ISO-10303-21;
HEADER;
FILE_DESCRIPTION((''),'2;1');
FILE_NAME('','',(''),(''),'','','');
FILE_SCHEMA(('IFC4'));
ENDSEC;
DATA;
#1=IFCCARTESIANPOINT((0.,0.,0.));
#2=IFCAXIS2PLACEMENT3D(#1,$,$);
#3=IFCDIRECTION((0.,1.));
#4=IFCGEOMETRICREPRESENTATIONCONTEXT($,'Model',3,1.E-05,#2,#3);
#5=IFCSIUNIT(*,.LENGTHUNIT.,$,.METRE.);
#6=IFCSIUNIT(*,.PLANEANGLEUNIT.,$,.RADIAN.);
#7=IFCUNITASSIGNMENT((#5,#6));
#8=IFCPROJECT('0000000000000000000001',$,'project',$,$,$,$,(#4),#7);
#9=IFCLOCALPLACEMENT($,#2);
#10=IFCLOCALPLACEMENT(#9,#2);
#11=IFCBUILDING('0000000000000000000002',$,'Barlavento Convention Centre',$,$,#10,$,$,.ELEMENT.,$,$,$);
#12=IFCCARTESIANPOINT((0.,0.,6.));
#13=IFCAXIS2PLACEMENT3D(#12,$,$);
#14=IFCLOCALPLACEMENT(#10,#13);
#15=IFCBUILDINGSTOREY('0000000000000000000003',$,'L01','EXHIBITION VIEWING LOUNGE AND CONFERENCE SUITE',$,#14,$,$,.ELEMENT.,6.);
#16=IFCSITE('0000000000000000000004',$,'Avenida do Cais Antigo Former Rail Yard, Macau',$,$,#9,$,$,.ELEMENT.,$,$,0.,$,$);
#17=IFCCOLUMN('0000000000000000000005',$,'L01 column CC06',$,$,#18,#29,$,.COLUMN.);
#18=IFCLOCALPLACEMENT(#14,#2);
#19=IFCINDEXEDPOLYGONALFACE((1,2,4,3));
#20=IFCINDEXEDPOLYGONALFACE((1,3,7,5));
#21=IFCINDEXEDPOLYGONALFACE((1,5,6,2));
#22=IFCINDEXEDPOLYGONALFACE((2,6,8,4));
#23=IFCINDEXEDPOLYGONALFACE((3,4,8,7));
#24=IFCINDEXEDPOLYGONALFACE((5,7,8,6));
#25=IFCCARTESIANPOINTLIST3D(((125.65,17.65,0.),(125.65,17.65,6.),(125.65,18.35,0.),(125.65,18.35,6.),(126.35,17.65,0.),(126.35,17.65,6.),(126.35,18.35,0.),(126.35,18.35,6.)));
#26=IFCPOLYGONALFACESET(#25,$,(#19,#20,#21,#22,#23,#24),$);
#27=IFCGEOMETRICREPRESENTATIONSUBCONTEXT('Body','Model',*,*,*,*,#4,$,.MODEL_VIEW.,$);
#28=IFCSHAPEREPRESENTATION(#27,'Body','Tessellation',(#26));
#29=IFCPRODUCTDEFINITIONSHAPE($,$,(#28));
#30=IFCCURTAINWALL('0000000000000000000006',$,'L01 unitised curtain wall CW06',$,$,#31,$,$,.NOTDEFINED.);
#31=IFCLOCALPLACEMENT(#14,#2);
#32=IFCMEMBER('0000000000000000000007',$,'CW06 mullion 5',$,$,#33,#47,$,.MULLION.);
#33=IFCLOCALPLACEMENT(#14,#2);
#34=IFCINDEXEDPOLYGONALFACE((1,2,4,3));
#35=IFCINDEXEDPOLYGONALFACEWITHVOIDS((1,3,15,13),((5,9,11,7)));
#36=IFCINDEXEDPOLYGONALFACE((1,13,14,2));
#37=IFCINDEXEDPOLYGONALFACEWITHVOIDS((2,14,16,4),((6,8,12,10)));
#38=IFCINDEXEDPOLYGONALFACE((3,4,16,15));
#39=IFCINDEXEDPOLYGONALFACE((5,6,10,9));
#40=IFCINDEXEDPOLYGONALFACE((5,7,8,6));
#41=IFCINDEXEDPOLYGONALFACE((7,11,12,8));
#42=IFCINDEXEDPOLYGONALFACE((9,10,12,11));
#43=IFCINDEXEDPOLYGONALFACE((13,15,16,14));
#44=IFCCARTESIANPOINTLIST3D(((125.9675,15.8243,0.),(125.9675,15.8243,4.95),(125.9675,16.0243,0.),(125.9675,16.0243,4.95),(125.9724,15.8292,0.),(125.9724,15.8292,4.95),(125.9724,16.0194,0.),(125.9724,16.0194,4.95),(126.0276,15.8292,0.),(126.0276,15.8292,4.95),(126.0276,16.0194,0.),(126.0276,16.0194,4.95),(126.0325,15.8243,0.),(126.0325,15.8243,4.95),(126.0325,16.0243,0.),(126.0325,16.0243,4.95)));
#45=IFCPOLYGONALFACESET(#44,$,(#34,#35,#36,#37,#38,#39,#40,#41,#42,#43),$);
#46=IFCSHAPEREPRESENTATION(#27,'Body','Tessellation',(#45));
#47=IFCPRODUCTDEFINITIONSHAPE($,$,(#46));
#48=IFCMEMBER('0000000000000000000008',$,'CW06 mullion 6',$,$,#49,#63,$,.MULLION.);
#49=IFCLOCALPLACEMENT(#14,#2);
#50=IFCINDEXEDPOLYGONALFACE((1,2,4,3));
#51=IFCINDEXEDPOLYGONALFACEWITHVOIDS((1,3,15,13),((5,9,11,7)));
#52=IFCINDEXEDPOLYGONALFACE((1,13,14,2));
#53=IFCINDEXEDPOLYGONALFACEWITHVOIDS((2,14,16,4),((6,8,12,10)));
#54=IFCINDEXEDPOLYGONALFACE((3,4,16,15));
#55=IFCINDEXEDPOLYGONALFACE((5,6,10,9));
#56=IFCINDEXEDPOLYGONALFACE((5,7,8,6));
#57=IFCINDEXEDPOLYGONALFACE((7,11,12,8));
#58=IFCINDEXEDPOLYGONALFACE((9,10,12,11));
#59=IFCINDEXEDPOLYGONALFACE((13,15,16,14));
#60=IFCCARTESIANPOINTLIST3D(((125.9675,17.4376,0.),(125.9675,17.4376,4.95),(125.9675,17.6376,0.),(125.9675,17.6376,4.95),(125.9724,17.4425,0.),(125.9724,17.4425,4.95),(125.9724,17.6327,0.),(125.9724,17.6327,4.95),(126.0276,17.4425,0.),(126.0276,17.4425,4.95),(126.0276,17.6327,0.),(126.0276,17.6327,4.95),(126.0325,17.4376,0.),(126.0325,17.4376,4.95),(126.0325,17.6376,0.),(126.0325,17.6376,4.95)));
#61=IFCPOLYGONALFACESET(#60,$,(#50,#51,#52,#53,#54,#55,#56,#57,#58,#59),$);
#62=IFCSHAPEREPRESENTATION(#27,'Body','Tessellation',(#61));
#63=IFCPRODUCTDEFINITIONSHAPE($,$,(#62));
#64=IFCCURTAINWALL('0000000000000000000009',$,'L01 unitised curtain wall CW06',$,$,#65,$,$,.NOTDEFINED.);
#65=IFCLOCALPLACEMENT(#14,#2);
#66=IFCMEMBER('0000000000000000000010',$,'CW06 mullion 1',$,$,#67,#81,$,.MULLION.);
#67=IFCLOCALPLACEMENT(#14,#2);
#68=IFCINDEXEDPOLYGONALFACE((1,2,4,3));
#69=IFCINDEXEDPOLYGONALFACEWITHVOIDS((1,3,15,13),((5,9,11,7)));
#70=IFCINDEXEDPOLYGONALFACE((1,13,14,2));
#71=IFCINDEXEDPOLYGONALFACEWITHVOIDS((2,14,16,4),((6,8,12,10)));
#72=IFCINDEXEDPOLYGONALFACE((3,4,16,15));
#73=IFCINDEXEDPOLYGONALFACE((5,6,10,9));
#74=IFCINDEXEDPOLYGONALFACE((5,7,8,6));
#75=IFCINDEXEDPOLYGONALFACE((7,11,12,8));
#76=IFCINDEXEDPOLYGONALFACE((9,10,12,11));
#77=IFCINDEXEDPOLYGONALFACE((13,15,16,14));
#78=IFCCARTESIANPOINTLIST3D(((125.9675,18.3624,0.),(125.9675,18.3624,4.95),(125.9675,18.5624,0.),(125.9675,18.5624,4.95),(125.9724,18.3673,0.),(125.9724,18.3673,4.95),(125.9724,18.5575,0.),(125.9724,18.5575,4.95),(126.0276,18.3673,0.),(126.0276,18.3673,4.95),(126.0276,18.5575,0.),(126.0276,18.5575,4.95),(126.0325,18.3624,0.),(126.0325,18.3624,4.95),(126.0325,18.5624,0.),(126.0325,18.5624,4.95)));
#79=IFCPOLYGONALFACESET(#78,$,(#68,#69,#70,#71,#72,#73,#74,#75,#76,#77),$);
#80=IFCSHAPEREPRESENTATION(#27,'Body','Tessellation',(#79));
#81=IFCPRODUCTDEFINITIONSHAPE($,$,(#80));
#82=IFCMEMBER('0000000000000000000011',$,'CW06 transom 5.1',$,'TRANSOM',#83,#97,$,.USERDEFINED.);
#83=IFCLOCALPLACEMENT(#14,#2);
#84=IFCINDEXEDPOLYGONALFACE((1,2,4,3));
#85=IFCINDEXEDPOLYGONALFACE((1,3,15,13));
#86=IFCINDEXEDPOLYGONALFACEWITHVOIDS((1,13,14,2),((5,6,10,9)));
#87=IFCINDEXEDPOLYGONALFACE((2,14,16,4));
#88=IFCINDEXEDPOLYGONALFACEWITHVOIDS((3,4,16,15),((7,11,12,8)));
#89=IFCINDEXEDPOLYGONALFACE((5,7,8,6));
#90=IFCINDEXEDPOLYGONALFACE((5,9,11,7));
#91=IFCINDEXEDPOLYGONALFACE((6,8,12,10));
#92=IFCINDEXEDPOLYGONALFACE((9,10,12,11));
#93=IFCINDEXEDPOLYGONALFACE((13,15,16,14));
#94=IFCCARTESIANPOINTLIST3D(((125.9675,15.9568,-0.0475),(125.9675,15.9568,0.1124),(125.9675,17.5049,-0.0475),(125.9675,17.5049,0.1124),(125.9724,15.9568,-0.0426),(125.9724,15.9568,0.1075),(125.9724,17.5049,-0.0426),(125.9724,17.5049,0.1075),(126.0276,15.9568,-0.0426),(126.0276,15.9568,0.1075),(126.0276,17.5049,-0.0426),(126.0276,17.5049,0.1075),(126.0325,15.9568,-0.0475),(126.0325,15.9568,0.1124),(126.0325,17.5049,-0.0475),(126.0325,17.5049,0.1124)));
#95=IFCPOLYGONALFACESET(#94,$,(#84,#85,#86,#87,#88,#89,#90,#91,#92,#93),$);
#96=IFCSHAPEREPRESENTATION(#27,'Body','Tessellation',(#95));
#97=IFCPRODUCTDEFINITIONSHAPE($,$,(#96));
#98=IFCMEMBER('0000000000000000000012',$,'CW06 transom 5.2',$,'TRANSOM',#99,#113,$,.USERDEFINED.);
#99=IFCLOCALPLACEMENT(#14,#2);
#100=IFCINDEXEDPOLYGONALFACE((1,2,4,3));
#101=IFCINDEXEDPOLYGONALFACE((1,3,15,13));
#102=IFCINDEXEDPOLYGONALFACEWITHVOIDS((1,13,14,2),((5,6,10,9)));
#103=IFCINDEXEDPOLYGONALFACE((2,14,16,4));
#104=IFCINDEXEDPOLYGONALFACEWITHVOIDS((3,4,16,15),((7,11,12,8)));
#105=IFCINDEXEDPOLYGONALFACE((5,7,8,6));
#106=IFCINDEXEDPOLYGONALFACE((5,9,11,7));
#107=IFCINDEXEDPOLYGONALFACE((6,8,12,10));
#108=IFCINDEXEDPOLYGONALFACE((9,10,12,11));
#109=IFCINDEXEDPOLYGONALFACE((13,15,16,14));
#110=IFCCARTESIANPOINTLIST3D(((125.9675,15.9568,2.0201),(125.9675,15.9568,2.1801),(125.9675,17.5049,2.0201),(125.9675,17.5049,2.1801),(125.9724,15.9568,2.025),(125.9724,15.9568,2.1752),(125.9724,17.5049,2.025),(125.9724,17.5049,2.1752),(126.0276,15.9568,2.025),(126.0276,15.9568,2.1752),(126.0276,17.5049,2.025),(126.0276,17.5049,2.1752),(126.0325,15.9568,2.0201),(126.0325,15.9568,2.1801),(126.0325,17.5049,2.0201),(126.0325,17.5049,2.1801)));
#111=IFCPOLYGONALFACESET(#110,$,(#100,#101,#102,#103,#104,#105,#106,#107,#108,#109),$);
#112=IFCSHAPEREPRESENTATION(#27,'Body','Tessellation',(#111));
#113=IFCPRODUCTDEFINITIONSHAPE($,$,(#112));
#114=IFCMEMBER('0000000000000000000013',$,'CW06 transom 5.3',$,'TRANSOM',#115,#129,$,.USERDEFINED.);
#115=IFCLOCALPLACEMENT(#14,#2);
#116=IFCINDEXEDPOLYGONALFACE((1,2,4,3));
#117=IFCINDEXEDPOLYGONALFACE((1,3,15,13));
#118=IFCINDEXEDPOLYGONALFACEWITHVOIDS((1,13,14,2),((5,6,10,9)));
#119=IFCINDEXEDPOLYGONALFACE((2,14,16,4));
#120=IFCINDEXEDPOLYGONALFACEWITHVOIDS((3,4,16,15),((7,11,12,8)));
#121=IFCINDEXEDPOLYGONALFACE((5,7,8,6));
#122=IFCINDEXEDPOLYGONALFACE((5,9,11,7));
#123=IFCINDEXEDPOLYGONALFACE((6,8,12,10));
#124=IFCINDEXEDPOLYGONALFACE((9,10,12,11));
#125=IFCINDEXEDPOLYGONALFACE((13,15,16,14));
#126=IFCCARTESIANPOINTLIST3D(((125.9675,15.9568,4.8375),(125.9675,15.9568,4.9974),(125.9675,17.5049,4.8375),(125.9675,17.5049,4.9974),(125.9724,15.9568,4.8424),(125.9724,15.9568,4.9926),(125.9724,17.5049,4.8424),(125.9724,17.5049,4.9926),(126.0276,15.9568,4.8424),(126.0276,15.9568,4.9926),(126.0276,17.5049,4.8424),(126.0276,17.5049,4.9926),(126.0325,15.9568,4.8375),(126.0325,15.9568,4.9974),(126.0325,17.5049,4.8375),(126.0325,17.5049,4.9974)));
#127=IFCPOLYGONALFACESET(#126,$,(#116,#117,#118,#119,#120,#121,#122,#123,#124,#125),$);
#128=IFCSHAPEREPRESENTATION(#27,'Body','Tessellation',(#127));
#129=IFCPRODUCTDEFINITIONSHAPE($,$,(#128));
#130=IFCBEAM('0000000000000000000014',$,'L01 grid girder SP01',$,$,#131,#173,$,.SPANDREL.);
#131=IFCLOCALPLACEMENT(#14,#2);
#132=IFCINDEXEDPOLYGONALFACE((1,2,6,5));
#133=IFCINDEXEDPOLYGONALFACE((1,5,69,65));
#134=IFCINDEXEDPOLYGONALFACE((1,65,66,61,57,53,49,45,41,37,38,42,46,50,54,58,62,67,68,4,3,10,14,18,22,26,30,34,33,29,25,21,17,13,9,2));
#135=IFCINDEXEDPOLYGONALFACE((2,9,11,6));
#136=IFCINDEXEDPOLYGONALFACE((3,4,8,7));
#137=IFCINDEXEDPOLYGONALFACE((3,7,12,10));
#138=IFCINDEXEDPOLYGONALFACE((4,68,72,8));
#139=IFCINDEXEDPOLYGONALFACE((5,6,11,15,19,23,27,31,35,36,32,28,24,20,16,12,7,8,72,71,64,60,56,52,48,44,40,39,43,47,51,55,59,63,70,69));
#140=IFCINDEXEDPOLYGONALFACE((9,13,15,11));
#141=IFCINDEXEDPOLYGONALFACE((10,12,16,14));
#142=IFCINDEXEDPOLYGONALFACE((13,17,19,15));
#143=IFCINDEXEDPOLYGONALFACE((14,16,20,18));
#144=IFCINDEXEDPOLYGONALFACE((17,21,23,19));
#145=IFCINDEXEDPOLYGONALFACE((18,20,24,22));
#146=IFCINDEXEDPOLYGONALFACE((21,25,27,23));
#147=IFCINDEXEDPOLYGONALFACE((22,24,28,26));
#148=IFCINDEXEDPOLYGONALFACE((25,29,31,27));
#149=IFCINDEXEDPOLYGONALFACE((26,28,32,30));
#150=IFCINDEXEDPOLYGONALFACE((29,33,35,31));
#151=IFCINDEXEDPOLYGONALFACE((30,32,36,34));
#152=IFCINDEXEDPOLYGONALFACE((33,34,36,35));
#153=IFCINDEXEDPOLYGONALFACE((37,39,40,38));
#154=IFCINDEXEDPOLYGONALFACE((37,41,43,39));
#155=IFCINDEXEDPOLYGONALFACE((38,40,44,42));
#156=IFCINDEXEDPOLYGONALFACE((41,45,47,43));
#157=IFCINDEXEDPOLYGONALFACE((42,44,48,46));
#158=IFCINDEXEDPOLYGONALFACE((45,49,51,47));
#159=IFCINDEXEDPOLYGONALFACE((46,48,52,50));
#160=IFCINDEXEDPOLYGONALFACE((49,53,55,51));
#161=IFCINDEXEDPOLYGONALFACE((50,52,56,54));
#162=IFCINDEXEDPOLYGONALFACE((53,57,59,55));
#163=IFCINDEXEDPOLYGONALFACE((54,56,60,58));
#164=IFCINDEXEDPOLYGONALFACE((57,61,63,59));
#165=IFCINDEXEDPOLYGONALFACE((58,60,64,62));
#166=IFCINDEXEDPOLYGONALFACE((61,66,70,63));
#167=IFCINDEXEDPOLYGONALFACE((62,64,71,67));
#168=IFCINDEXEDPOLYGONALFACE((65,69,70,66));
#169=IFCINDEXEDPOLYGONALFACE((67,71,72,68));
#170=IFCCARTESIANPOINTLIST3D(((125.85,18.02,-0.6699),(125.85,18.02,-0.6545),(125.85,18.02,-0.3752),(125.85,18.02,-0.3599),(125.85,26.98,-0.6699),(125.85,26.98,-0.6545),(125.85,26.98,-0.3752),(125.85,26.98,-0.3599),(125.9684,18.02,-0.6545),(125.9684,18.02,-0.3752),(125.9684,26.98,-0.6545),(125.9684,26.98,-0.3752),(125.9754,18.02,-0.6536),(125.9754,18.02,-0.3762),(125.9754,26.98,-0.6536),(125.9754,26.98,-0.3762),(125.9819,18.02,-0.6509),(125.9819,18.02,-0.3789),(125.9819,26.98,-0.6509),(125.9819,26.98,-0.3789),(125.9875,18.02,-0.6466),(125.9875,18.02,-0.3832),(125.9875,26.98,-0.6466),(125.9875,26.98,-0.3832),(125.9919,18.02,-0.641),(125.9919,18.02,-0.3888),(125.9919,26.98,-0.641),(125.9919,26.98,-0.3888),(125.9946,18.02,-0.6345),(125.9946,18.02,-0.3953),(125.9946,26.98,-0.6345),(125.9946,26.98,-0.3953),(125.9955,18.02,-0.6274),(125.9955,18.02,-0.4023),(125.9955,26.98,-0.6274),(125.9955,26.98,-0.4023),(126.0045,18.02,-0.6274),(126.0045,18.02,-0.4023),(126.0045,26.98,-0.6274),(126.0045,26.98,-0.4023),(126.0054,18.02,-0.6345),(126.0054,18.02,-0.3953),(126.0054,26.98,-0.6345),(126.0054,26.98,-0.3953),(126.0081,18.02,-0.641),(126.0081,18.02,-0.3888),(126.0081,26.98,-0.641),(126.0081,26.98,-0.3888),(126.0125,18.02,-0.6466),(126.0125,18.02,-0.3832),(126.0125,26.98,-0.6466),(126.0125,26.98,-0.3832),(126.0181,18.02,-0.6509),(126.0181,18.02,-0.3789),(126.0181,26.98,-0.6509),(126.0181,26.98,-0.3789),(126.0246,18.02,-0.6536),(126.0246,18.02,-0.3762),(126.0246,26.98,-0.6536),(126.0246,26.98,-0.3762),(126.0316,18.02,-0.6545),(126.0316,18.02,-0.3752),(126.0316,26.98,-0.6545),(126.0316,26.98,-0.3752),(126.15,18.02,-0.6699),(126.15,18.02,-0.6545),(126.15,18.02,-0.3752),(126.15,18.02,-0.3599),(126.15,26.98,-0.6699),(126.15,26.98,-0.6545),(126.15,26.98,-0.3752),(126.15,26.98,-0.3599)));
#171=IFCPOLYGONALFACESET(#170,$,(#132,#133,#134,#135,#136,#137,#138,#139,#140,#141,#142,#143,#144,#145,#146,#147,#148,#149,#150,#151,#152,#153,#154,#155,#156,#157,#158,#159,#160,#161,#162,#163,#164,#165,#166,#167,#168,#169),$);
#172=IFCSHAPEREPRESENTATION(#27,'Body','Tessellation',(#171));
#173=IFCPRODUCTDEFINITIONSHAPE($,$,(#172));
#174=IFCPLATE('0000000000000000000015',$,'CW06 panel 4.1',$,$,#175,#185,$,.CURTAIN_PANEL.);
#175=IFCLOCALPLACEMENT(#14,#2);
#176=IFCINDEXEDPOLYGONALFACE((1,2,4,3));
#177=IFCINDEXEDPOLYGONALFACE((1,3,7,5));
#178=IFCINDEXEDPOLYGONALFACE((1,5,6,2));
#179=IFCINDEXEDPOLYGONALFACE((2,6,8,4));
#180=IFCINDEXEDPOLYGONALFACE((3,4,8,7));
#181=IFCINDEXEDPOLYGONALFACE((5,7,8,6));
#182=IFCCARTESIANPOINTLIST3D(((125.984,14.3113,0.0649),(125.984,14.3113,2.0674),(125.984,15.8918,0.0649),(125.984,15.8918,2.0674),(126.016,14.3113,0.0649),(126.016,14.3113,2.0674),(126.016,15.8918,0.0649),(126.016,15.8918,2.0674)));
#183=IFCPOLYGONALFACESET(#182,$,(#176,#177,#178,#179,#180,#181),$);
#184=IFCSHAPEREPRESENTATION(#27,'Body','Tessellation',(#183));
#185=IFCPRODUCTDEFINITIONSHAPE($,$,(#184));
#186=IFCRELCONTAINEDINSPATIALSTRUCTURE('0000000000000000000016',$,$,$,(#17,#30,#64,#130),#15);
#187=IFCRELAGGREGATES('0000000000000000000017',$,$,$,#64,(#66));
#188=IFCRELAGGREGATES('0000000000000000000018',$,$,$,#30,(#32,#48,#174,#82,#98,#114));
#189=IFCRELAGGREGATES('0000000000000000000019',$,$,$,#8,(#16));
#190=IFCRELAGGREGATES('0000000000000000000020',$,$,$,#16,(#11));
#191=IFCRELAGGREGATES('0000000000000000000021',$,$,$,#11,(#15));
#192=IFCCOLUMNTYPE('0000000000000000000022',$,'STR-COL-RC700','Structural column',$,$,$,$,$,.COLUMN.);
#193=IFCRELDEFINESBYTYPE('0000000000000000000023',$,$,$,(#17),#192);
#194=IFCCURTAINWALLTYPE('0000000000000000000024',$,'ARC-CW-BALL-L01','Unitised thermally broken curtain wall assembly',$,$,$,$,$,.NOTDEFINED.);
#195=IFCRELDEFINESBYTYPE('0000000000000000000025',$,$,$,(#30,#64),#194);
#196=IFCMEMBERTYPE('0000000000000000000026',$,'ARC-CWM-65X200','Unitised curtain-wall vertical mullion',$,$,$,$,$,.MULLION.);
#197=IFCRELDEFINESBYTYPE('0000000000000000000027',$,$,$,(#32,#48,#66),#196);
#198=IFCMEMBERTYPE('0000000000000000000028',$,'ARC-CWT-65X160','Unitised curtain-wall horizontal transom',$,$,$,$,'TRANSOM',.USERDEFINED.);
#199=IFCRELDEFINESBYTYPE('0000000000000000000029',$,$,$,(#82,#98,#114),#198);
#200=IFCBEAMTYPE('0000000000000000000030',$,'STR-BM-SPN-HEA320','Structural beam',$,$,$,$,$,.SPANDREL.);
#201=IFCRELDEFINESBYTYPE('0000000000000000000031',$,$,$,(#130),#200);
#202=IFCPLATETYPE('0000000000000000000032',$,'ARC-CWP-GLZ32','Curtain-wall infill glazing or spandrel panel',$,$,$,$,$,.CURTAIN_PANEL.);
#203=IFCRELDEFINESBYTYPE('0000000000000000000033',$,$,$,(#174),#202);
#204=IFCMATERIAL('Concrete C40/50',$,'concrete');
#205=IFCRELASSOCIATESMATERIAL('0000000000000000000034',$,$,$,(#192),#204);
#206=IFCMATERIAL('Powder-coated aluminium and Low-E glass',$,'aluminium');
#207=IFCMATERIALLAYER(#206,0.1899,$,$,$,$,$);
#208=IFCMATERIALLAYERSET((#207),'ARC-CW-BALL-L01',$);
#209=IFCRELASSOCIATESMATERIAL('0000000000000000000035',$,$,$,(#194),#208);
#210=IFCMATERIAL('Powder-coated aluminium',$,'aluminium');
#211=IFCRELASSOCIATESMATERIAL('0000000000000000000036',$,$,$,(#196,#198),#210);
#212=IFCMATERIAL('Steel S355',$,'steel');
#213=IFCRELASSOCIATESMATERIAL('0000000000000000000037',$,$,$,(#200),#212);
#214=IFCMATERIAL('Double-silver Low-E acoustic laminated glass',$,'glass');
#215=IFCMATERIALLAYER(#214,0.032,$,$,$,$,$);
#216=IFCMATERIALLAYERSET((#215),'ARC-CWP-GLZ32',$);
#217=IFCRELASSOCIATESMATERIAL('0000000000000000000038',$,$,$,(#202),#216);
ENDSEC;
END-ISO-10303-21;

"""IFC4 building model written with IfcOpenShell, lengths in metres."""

from ifc_helpers import new_model, si_unit, direction, frame, origin, origin_2d, place, context, subcontext, project, spatial, rectangle, hollow_rectangle, i_section, extrude, material, layer, layer_set, material_profile, profile_set, type_object, element, aggregate, save


model = new_model("IFC4")

# Units and contexts
model_context = context("Model", 3, precision=1e-05, world=origin(), true_north=direction((0.0, 1.0)))
body_context = subcontext(model_context, "Body", "Model", "MODEL_VIEW")
ifc_project = project(units=[si_unit("LENGTHUNIT", "METRE"), si_unit("PLANEANGLEUNIT", "RADIAN")], contexts=[model_context])

# Site, building, storey
site_placement = place(None, origin())
site = spatial("IfcSite", under=ifc_project, at=site_placement, Name="Avenida do Cais Antigo Former Rail Yard, Macau", CompositionType="ELEMENT", RefElevation=0.0)
building_placement = place(site_placement, origin())
building = spatial("IfcBuilding", under=site, at=building_placement, Name="Barlavento Convention Centre", CompositionType="ELEMENT")
storey_placement = place(building_placement, frame((0.0, 0.0, 6.0)))
storey = spatial("IfcBuildingStorey", under=building, at=storey_placement, Name="L01", Description="EXHIBITION VIEWING LOUNGE AND CONFERENCE SUITE", CompositionType="ELEMENT", Elevation=6.0)

# Column
ifc_material_1 = material(Name="Concrete C40/50", Category="concrete")
ifc_material_profile_1 = material_profile(ifc_material_1, rectangle(XDim=0.7, YDim=0.7, at=origin_2d()), Name="RC 700x700")
ifc_profile_set_1 = profile_set([ifc_material_profile_1], Name="Concrete C40/50")
column_type = type_object("IfcColumnType", Name="STR-COL-RC700", Description="Structural column", PredefinedType="COLUMN", material=ifc_profile_set_1)
column_placement = place(storey_placement, frame((126.0, 18.0, 0.0), z_axis=(0.0, 0.0, 1.0), x_axis=(1.0, 0.0, 0.0)))
element("IfcColumn", 1, at=column_placement, inside=storey, type_object=column_type, Name="L01 column CC06", PredefinedType="COLUMN", context=body_context, shape_type="SweptSolid", body=[
    extrude(rectangle(XDim=0.7, YDim=0.7, at=origin_2d()), origin(), (0.0, 0.0, 1.0), 6.0),
])

# Curtain wall, members
ifc_material_2 = material(Name="Powder-coated aluminium and Low-E glass", Category="aluminium")
ifc_layer_1 = layer(ifc_material_2, 0.1899)
ifc_layer_set_1 = layer_set([ifc_layer_1], Name="ARC-CW-BALL-L01")
curtain_wall_type = type_object("IfcCurtainWallType", Name="ARC-CW-BALL-L01", Description="Unitised thermally broken curtain wall assembly", PredefinedType="NOTDEFINED", material=ifc_layer_set_1)
curtain_wall_1_placement = place(storey_placement, origin())
curtain_wall_1 = element("IfcCurtainWall", 2, at=curtain_wall_1_placement, inside=storey, type_object=curtain_wall_type, Name="L01 unitised curtain wall CW06", PredefinedType="NOTDEFINED")
ifc_material_3 = material(Name="Powder-coated aluminium", Category="aluminium")
ifc_material_profile_2 = material_profile(ifc_material_3, hollow_rectangle(XDim=0.0649, YDim=0.2, WallThickness=0.0049, at=origin_2d()), Name="AL-MULL 65x200x5")
ifc_profile_set_2 = profile_set([ifc_material_profile_2], Name="Powder-coated aluminium")
member_type_1 = type_object("IfcMemberType", Name="ARC-CWM-65X200", Description="Unitised curtain-wall vertical mullion", PredefinedType="MULLION", material=ifc_profile_set_2)
member_1_placement = place(storey_placement, frame((126.0, 15.9243, 0.0), z_axis=(0.0, 0.0, 1.0), x_axis=(-1.0, 0.0, 0.0)))
member_1 = element("IfcMember", 3, at=member_1_placement, type_object=member_type_1, Name="CW06 mullion 5", PredefinedType="MULLION", context=body_context, shape_type="SweptSolid", body=[
    extrude(hollow_rectangle(XDim=0.0649, YDim=0.2, WallThickness=0.0049, at=origin_2d()), origin(), (0.0, 0.0, 1.0), 4.95),
])
member_2_placement = place(storey_placement, frame((126.0, 17.5376, 0.0), z_axis=(0.0, 0.0, 1.0), x_axis=(-1.0, 0.0, 0.0)))
member_2 = element("IfcMember", 4, at=member_2_placement, type_object=member_type_1, Name="CW06 mullion 6", PredefinedType="MULLION", context=body_context, shape_type="SweptSolid", body=[
    extrude(hollow_rectangle(XDim=0.0649, YDim=0.2, WallThickness=0.0049, at=origin_2d()), origin(), (0.0, 0.0, 1.0), 4.95),
])

# Curtain wall, member
curtain_wall_2_placement = place(storey_placement, origin())
curtain_wall_2 = element("IfcCurtainWall", 5, at=curtain_wall_2_placement, inside=storey, type_object=curtain_wall_type, Name="L01 unitised curtain wall CW06", PredefinedType="NOTDEFINED")
member_3_placement = place(storey_placement, frame((126.0, 18.4624, 0.0), z_axis=(0.0, 0.0, 1.0), x_axis=(-1.0, 0.0, 0.0)))
member_3 = element("IfcMember", 6, at=member_3_placement, type_object=member_type_1, Name="CW06 mullion 1", PredefinedType="MULLION", context=body_context, shape_type="SweptSolid", body=[
    extrude(hollow_rectangle(XDim=0.0649, YDim=0.2, WallThickness=0.0049, at=origin_2d()), origin(), (0.0, 0.0, 1.0), 4.95),
])
aggregate(curtain_wall_2, [member_3])

# Members
ifc_material_profile_3 = material_profile(ifc_material_3, hollow_rectangle(XDim=0.0649, YDim=0.1599, WallThickness=0.0049, at=origin_2d()), Name="AL-TRAN 65x160x5")
ifc_profile_set_3 = profile_set([ifc_material_profile_3], Name="Powder-coated aluminium")
member_type_2 = type_object("IfcMemberType", Name="ARC-CWT-65X160", Description="Unitised curtain-wall horizontal transom", ElementType="TRANSOM", PredefinedType="USERDEFINED", material=ifc_profile_set_3)
member_4_placement = place(storey_placement, frame((126.0, 15.9568, 0.0325), z_axis=(0.0, 1.0, 0.0), x_axis=(-1.0, 0.0, 0.0)))
member_4 = element("IfcMember", 7, at=member_4_placement, type_object=member_type_2, Name="CW06 transom 5.1", ObjectType="TRANSOM", PredefinedType="USERDEFINED", context=body_context, shape_type="SweptSolid", body=[
    extrude(hollow_rectangle(XDim=0.0649, YDim=0.1599, WallThickness=0.0049, at=origin_2d()), origin(), (0.0, 0.0, 1.0), 1.5481),
])
member_5_placement = place(storey_placement, frame((126.0, 15.9568, 2.1001), z_axis=(0.0, 1.0, 0.0), x_axis=(-1.0, 0.0, 0.0)))
member_5 = element("IfcMember", 8, at=member_5_placement, type_object=member_type_2, Name="CW06 transom 5.2", ObjectType="TRANSOM", PredefinedType="USERDEFINED", context=body_context, shape_type="SweptSolid", body=[
    extrude(hollow_rectangle(XDim=0.0649, YDim=0.1599, WallThickness=0.0049, at=origin_2d()), origin(), (0.0, 0.0, 1.0), 1.5481),
])
member_6_placement = place(storey_placement, frame((126.0, 15.9568, 4.9175), z_axis=(0.0, 1.0, 0.0), x_axis=(-1.0, 0.0, 0.0)))
member_6 = element("IfcMember", 9, at=member_6_placement, type_object=member_type_2, Name="CW06 transom 5.3", ObjectType="TRANSOM", PredefinedType="USERDEFINED", context=body_context, shape_type="SweptSolid", body=[
    extrude(hollow_rectangle(XDim=0.0649, YDim=0.1599, WallThickness=0.0049, at=origin_2d()), origin(), (0.0, 0.0, 1.0), 1.5481),
])

# Beam
ifc_material_4 = material(Name="Steel S355", Category="steel")
ifc_material_profile_4 = material_profile(ifc_material_4, i_section(OverallWidth=0.3, OverallDepth=0.3101, WebThickness=0.009, FlangeThickness=0.0154, FilletRadius=0.0271, at=origin_2d()), Name="HEA 320")
ifc_profile_set_4 = profile_set([ifc_material_profile_4], Name="Steel S355")
beam_type = type_object("IfcBeamType", Name="STR-BM-SPN-HEA320", Description="Structural beam", PredefinedType="SPANDREL", material=ifc_profile_set_4)
beam_placement = place(storey_placement, frame((126.0, 18.02, -0.5149), z_axis=(0.0, 1.0, 0.0), x_axis=(-1.0, 0.0, 0.0)))
element("IfcBeam", 10, at=beam_placement, inside=storey, type_object=beam_type, Name="L01 grid girder SP01", PredefinedType="SPANDREL", context=body_context, shape_type="SweptSolid", body=[
    extrude(i_section(OverallWidth=0.3, OverallDepth=0.3101, WebThickness=0.009, FlangeThickness=0.0154, FilletRadius=0.0271, at=origin_2d()), origin(), (0.0, 0.0, 1.0), 8.96),
])

# Plate
ifc_material_5 = material(Name="Double-silver Low-E acoustic laminated glass", Category="glass")
ifc_layer_2 = layer(ifc_material_5, 0.032)
ifc_layer_set_2 = layer_set([ifc_layer_2], Name="ARC-CWP-GLZ32")
plate_type = type_object("IfcPlateType", Name="ARC-CWP-GLZ32", Description="Curtain-wall infill glazing or spandrel panel", PredefinedType="CURTAIN_PANEL", material=ifc_layer_set_2)
plate_1_placement = place(storey_placement, frame((126.0, 15.1016, 0.0649), z_axis=(0.0, 0.0, 1.0), x_axis=(0.0, 1.0, 0.0)))
plate_1 = element("IfcPlate", 11, at=plate_1_placement, type_object=plate_type, Name="CW06 panel 4.1", PredefinedType="CURTAIN_PANEL", context=body_context, shape_type="SweptSolid", body=[
    extrude(rectangle(XDim=1.5806, YDim=0.032, at=origin_2d()), origin(), (0.0, 0.0, 1.0), 2.0024),
])
aggregate(curtain_wall_1, [member_1, member_2, plate_1, member_4, member_5, member_6])

save(model, "model.ifc")
